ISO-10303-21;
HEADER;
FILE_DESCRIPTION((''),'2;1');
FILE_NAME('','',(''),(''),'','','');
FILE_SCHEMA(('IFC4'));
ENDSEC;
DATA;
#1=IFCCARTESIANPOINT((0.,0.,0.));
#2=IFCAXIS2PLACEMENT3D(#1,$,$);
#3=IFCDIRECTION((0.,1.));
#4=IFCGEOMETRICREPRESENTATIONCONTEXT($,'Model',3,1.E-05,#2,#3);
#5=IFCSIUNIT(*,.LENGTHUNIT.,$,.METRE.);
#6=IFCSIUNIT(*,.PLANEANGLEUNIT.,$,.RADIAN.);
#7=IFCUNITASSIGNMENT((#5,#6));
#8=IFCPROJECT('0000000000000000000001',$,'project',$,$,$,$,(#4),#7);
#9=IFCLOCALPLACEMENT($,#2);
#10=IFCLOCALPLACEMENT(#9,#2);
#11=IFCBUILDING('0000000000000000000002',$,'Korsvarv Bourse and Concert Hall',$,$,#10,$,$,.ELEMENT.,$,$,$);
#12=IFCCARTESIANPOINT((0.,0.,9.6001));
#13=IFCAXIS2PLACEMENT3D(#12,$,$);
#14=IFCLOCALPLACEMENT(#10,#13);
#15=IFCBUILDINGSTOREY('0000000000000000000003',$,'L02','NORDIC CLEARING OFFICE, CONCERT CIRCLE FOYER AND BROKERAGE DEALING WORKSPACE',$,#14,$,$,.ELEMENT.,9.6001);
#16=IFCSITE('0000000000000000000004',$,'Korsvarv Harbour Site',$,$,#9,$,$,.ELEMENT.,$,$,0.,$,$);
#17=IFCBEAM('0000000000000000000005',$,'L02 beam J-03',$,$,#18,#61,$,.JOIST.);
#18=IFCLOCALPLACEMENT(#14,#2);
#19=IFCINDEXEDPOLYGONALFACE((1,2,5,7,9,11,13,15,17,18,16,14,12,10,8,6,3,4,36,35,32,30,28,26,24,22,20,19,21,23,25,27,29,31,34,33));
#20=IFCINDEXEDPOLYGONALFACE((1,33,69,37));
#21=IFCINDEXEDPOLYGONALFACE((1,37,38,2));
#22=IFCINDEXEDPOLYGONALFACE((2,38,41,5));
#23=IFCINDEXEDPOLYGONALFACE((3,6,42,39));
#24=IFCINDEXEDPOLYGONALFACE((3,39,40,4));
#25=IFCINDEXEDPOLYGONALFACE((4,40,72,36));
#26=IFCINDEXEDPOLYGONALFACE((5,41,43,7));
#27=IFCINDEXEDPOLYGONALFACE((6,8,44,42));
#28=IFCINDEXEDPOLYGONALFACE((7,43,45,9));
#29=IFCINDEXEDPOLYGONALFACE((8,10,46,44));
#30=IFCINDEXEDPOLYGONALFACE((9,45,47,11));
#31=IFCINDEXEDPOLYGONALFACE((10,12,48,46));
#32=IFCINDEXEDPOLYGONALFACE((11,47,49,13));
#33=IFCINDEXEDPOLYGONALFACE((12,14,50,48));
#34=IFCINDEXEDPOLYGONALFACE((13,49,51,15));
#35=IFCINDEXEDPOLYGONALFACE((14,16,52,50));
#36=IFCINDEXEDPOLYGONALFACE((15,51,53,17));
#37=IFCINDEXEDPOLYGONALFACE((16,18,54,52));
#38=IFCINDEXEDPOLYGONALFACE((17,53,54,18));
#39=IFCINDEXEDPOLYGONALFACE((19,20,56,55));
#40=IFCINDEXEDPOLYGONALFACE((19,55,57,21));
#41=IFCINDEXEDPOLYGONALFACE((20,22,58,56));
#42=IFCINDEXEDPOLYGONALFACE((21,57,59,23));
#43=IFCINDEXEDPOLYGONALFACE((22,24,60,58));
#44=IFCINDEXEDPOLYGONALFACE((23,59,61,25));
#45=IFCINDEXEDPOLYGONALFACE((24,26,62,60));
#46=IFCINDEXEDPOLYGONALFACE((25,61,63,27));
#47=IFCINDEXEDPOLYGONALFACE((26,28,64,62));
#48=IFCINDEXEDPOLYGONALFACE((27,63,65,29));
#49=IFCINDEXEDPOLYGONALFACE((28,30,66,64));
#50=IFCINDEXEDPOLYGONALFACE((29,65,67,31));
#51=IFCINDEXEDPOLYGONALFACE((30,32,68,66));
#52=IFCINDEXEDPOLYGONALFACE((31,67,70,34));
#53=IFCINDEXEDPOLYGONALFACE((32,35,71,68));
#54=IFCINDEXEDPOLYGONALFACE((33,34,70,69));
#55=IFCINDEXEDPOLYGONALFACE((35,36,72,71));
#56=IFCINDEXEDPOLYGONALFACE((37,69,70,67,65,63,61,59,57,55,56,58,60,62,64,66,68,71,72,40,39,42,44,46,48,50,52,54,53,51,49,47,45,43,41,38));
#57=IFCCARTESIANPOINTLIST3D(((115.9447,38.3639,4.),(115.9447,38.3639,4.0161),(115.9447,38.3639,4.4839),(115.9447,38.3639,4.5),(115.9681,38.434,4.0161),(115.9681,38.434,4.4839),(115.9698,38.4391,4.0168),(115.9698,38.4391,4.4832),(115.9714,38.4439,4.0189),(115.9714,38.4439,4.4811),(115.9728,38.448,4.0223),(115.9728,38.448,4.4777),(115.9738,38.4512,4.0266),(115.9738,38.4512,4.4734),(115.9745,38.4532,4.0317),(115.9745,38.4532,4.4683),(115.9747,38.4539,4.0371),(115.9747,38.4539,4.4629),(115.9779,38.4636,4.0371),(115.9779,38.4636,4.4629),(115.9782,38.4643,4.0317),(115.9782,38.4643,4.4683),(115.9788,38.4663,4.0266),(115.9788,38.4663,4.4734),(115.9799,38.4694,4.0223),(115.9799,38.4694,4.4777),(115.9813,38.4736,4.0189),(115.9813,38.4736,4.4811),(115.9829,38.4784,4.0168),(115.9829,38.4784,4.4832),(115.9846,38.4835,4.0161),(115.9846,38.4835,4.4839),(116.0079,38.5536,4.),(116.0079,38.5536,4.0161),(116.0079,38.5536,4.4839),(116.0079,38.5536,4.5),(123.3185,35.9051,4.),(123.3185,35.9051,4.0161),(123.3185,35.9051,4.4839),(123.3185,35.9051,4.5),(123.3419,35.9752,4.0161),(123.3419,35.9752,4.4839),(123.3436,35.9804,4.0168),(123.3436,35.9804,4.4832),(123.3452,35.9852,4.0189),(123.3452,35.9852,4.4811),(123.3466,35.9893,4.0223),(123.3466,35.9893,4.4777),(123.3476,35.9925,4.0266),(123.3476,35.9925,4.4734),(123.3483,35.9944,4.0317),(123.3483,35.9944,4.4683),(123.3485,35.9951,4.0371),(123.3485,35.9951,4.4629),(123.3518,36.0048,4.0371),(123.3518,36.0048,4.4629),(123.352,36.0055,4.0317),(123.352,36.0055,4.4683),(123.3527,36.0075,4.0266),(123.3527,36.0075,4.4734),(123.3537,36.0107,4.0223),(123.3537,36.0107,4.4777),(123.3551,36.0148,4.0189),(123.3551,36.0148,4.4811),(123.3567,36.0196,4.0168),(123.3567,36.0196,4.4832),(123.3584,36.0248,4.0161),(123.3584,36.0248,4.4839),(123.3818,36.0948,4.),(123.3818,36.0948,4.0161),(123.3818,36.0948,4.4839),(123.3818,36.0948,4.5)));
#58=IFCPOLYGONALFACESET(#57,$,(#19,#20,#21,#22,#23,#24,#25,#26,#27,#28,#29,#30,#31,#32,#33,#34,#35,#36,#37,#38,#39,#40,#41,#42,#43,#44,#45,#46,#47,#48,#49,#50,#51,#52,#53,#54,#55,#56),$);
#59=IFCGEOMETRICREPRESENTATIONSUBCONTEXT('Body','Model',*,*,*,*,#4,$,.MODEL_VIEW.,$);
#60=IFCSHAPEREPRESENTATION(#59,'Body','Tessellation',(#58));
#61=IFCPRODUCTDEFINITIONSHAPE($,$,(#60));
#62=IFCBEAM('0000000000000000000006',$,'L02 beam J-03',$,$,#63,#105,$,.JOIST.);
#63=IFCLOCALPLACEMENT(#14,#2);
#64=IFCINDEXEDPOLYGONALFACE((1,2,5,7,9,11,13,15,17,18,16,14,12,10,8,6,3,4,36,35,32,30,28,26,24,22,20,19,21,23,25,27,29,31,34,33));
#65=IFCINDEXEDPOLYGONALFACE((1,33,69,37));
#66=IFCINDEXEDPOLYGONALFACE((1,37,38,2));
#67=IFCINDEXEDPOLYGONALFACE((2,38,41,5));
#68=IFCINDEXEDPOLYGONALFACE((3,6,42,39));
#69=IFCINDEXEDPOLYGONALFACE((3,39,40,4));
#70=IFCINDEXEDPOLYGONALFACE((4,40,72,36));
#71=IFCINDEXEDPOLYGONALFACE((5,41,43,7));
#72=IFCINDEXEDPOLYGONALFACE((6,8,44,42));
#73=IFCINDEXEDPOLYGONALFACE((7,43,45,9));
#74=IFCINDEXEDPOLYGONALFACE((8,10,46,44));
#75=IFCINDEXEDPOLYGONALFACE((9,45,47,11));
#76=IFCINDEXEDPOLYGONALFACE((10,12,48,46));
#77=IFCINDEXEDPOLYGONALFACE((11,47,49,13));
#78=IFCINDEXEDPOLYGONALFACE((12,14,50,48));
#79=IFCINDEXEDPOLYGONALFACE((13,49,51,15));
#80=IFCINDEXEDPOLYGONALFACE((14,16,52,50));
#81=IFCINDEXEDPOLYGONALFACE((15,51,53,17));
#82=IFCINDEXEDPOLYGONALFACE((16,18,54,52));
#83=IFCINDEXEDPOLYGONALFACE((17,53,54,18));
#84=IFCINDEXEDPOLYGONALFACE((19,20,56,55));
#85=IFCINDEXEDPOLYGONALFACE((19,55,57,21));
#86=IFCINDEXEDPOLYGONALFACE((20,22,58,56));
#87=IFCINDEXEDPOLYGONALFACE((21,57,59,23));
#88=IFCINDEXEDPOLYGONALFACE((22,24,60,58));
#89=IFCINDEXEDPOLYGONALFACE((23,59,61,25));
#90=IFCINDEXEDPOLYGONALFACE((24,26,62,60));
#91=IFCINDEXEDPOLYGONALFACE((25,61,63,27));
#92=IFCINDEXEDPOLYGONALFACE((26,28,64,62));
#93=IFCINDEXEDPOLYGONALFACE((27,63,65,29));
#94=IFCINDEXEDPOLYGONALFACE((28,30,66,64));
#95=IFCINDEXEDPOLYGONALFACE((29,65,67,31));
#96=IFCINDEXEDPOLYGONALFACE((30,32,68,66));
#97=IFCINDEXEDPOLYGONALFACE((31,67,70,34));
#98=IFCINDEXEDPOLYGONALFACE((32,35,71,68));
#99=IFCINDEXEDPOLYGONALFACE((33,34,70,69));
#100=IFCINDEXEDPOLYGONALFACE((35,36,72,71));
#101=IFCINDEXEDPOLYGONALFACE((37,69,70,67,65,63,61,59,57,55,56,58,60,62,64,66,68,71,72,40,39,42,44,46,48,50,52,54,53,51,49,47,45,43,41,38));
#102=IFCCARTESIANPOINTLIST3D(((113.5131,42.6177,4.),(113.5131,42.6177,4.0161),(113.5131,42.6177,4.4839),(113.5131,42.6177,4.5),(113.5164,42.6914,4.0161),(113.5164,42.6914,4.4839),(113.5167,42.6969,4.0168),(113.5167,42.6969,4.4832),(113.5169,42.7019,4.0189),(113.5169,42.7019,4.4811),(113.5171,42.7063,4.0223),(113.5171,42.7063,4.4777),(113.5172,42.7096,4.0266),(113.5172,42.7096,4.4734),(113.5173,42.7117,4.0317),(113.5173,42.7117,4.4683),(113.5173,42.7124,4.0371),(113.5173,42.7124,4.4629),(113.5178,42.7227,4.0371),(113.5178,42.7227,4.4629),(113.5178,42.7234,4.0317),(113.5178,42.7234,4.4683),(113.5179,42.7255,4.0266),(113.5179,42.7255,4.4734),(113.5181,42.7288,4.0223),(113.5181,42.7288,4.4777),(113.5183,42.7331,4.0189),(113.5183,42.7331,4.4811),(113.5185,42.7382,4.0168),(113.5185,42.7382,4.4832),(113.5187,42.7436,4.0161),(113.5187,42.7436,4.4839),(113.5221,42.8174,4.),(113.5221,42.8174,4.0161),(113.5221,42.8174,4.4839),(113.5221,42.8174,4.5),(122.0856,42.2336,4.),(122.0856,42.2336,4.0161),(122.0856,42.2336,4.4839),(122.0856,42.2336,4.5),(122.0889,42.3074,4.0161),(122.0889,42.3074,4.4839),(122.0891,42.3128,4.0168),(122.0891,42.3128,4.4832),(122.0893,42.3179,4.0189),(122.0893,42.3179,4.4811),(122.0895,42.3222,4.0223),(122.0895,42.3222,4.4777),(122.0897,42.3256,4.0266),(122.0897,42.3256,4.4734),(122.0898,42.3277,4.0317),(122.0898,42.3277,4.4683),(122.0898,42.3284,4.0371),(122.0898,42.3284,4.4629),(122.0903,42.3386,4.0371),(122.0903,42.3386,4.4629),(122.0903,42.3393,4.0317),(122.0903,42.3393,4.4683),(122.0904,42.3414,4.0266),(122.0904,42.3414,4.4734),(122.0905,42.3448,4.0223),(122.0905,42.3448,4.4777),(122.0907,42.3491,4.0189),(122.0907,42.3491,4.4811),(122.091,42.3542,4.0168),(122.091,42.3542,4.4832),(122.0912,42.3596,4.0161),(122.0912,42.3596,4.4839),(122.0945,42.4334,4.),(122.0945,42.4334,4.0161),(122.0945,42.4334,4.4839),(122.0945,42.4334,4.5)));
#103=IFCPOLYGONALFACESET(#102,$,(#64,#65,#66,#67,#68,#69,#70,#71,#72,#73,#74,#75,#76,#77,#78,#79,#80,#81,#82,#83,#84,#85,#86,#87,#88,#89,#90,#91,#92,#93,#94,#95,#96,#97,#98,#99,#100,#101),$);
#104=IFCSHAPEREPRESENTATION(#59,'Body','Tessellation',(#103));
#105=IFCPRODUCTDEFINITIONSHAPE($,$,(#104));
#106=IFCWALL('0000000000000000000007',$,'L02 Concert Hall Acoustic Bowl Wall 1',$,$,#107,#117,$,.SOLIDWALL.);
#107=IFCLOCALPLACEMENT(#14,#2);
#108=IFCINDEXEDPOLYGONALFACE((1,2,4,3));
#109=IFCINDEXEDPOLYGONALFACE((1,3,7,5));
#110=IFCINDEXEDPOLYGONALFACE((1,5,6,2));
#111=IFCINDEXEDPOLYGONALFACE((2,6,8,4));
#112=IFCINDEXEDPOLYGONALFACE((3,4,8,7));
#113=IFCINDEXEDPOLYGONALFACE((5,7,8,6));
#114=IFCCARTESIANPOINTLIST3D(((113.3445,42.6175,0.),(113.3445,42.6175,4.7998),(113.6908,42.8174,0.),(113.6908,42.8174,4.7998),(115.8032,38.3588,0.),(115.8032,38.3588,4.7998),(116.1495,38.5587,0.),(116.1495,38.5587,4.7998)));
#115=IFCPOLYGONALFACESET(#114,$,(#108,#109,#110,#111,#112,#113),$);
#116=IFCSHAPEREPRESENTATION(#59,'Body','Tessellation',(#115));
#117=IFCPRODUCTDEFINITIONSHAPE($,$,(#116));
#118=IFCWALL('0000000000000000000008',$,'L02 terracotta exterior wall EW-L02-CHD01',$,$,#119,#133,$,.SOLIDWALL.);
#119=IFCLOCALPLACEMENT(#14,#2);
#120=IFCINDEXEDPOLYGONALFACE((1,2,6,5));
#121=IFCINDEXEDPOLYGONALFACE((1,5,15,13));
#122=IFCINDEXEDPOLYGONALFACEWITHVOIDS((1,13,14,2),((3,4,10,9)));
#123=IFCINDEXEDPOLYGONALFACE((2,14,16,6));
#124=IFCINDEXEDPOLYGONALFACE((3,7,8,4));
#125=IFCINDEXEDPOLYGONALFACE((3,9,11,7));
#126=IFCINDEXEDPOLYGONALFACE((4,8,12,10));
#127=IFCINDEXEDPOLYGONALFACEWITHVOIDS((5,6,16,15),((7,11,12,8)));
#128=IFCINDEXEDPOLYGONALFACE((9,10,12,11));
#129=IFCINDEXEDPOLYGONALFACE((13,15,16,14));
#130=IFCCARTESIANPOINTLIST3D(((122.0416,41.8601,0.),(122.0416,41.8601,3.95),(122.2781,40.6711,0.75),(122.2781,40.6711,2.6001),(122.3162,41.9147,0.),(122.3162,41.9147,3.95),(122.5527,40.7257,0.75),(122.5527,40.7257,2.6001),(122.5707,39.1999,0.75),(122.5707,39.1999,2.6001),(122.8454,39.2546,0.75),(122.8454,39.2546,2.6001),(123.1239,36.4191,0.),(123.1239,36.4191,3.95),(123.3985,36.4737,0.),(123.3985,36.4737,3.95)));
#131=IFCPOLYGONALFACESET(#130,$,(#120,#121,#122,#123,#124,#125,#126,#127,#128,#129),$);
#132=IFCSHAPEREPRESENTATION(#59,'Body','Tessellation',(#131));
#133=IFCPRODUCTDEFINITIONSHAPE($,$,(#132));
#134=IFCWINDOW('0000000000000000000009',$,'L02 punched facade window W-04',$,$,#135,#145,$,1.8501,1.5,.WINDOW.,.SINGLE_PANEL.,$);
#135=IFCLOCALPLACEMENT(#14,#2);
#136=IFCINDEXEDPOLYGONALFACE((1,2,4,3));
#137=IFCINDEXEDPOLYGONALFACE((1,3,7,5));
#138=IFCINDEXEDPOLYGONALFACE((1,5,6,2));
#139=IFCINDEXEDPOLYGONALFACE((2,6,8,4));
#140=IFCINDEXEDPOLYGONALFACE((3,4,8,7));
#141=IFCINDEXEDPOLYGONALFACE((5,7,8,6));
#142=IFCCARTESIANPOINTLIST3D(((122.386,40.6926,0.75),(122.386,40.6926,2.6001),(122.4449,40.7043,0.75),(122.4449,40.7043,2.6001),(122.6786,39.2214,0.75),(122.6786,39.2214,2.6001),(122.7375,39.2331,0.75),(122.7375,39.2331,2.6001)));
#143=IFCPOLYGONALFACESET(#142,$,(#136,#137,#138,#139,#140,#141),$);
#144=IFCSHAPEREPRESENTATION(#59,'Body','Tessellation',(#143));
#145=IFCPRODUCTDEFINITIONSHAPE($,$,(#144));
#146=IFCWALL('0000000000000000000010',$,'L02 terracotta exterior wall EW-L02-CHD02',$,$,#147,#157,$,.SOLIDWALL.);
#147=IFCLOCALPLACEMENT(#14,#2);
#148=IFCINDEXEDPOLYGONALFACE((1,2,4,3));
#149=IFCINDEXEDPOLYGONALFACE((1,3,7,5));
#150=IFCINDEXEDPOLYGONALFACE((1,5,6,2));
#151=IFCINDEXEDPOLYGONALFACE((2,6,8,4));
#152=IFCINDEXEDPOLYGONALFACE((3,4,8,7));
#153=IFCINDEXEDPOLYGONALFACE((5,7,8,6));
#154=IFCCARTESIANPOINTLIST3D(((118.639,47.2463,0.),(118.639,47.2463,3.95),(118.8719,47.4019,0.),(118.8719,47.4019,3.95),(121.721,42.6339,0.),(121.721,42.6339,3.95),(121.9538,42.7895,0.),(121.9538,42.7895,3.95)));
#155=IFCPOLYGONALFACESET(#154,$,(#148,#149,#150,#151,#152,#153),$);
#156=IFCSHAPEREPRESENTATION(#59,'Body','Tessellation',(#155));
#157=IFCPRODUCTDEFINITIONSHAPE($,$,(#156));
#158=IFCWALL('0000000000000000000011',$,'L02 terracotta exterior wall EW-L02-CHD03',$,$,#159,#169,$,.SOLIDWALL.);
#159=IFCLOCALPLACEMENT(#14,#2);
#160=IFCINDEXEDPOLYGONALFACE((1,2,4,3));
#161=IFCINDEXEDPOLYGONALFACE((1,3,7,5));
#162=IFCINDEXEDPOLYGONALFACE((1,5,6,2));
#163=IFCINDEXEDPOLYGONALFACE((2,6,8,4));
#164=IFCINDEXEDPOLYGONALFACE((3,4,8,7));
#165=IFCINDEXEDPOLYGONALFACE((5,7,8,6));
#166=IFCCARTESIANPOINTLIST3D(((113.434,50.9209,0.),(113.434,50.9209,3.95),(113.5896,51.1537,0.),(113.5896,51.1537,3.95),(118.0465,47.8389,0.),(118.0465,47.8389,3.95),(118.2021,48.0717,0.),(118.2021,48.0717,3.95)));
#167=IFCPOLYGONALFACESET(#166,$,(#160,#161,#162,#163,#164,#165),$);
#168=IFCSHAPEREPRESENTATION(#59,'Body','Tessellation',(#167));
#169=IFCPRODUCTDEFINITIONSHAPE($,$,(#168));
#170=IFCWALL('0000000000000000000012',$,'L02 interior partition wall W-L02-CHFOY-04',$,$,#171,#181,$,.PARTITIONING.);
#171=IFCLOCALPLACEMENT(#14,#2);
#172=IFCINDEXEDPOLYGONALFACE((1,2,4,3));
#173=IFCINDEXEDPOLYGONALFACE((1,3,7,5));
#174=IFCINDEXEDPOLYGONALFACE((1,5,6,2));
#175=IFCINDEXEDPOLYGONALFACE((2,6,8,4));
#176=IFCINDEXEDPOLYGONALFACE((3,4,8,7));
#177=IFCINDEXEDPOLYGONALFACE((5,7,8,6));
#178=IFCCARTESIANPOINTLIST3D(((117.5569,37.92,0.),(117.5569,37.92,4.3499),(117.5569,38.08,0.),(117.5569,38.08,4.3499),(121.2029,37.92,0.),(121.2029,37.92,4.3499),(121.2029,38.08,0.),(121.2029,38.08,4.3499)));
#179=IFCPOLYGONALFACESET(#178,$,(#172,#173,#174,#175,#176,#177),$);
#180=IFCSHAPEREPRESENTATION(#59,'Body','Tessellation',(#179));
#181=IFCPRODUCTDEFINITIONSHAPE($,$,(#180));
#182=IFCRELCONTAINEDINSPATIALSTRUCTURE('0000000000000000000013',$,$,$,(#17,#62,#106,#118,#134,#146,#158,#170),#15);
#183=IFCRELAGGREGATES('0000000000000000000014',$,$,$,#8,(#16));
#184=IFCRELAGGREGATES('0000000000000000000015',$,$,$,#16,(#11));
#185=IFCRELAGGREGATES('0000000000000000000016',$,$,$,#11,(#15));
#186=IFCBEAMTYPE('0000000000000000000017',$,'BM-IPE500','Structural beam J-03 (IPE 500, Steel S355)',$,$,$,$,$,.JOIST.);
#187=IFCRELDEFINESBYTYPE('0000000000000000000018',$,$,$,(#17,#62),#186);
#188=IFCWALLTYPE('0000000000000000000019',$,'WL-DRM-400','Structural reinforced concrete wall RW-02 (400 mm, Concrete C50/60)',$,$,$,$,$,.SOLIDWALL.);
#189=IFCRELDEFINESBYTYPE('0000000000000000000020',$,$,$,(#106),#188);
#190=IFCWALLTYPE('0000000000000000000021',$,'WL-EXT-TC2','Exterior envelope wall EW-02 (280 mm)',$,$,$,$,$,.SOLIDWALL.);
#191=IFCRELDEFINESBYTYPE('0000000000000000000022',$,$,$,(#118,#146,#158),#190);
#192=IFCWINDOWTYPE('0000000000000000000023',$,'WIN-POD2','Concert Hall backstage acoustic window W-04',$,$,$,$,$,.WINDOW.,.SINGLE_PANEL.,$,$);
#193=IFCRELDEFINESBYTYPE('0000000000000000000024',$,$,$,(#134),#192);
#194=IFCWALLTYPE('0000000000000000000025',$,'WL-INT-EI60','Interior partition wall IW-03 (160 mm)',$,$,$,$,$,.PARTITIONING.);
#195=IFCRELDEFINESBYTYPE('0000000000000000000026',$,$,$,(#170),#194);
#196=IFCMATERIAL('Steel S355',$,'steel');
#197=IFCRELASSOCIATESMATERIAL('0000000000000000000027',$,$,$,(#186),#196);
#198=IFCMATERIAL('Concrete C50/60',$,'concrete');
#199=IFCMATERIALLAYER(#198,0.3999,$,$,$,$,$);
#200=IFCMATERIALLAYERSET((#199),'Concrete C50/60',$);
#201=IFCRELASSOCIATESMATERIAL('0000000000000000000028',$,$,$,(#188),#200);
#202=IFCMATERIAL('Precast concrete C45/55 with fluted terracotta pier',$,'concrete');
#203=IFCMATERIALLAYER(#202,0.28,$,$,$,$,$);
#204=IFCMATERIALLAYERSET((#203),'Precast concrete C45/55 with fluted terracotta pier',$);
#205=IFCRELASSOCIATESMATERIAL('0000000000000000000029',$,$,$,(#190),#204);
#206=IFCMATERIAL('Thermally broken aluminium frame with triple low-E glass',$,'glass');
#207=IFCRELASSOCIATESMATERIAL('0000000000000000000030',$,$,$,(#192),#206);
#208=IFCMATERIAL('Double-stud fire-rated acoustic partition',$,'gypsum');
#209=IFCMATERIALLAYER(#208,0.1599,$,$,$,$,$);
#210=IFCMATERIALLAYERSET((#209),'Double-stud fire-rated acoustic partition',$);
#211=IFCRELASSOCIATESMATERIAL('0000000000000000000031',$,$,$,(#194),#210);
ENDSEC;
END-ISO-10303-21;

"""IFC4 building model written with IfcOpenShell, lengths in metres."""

from ifc_helpers import new_model, si_unit, direction, frame, frame_2d, origin, origin_2d, place, context, subcontext, project, spatial, rectangle, i_section, extrude, source, transform, mapped, material, layer, layer_set, material_profile, profile_set, type_object, element, fill, save


model = new_model("IFC4")

# Units and contexts
model_context = context("Model", 3, precision=1e-05, world=origin(), true_north=direction((0.0, 1.0)))
body_context = subcontext(model_context, "Body", "Model", "MODEL_VIEW")
ifc_project = project(units=[si_unit("LENGTHUNIT", "METRE"), si_unit("PLANEANGLEUNIT", "RADIAN")], contexts=[model_context])

# Site, building, storey
site_placement = place(None, origin())
site = spatial("IfcSite", under=ifc_project, at=site_placement, Name="Korsvarv Harbour Site", CompositionType="ELEMENT", RefElevation=0.0)
building_placement = place(site_placement, origin())
building = spatial("IfcBuilding", under=site, at=building_placement, Name="Korsvarv Bourse and Concert Hall", CompositionType="ELEMENT")
storey_placement = place(building_placement, frame((0.0, 0.0, 9.6001)))
storey = spatial("IfcBuildingStorey", under=building, at=storey_placement, Name="L02", Description="NORDIC CLEARING OFFICE, CONCERT CIRCLE FOYER AND BROKERAGE DEALING WORKSPACE", CompositionType="ELEMENT", Elevation=9.6001)

# Shared definitions
ifc_material_1 = material(Name="Concrete C50/60", Category="concrete")

# Beams
ifc_material_2 = material(Name="Steel S355", Category="steel")
ifc_material_profile_1 = material_profile(ifc_material_2, i_section(OverallWidth=0.2, OverallDepth=0.5, WebThickness=0.0103, FlangeThickness=0.0161, FilletRadius=0.021, at=origin_2d()), Name="IPE 500")
ifc_profile_set_1 = profile_set([ifc_material_profile_1], Name="Steel S355")
beam_type_1 = type_object("IfcBeamType", Name="BM-IPE500", Description="Structural beam J-03 (IPE 500, Steel S355)", PredefinedType="JOIST", material=ifc_profile_set_1)
shared_shape_1 = source(origin(), body_context, "Body", "SweptSolid", [
    extrude(i_section(OverallWidth=0.2, OverallDepth=0.5, WebThickness=0.0103, FlangeThickness=0.0161, FilletRadius=0.021, at=origin_2d()), origin(), (0.0, 0.0, 1.0), 7.7729),
])
beam_1_placement = place(storey_placement, frame((115.9763, 38.4587, 4.25), z_axis=(0.948652, -0.316322, 0.0), x_axis=(0.316322, 0.948652, 0.0)))
element("IfcBeam", 1, at=beam_1_placement, inside=storey, type_object=beam_type_1, Name="L02 beam J-03", PredefinedType="JOIST", context=body_context, shape_type="MappedRepresentation", body=[
    mapped(shared_shape_1, transform((0.0, 0.0, 0.0), scale=1.0)),
])
shared_shape_2 = source(origin(), body_context, "Body", "SweptSolid", [
    extrude(i_section(OverallWidth=0.2, OverallDepth=0.5, WebThickness=0.0103, FlangeThickness=0.0161, FilletRadius=0.021, at=origin_2d()), origin(), (0.0, 0.0, 1.0), 8.5811),
])
beam_2_placement = place(storey_placement, frame((113.5176, 42.7175, 4.25), z_axis=(0.998998, -0.044753, 0.0), x_axis=(0.044753, 0.998998, 0.0)))
element("IfcBeam", 2, at=beam_2_placement, inside=storey, type_object=beam_type_1, Name="L02 beam J-03", PredefinedType="JOIST", context=body_context, shape_type="MappedRepresentation", body=[
    mapped(shared_shape_2, transform((0.0, 0.0, 0.0), scale=1.0)),
])

# Wall
ifc_layer_1 = layer(ifc_material_1, 0.3999)
ifc_layer_set_1 = layer_set([ifc_layer_1], Name="Concrete C50/60")
wall_type_1 = type_object("IfcWallType", Name="WL-DRM-400", Description="Structural reinforced concrete wall RW-02 (400 mm, Concrete C50/60)", PredefinedType="SOLIDWALL", material=ifc_layer_set_1)
wall_1_placement = place(storey_placement, frame((115.9763, 38.4587, 0.0), z_axis=(0.0, 0.0, 1.0), x_axis=(-0.499989, 0.866032, 0.0)))
element("IfcWall", 3, at=wall_1_placement, inside=storey, type_object=wall_type_1, Name="L02 Concert Hall Acoustic Bowl Wall 1", PredefinedType="SOLIDWALL", context=body_context, shape_type="SweptSolid", body=[
    extrude(rectangle(XDim=4.9175, YDim=0.3999, at=frame_2d((2.4587, 0.0))), origin(), (0.0, 0.0, 1.0), 4.7998),
])

# Wall, opening, window
ifc_material_3 = material(Name="Precast concrete C45/55 with fluted terracotta pier", Category="concrete")
ifc_layer_2 = layer(ifc_material_3, 0.28)
ifc_layer_set_2 = layer_set([ifc_layer_2], Name="Precast concrete C45/55 with fluted terracotta pier")
wall_type_2 = type_object("IfcWallType", Name="WL-EXT-TC2", Description="Exterior envelope wall EW-02 (280 mm)", PredefinedType="SOLIDWALL", material=ifc_layer_set_2)
wall_2_placement = place(storey_placement, frame((123.2612, 36.4463, 0.0), z_axis=(0.0, 0.0, 1.0), x_axis=(-0.195092, 0.980785, 0.0)))
wall_2 = element("IfcWall", 4, at=wall_2_placement, inside=storey, type_object=wall_type_2, Name="L02 terracotta exterior wall EW-L02-CHD01", PredefinedType="SOLIDWALL", context=body_context, shape_type="SweptSolid", body=[
    extrude(rectangle(XDim=5.5476, YDim=0.28, at=frame_2d((2.7739, 0.0))), origin(), (0.0, 0.0, 1.0), 3.95),
])
opening_placement = place(wall_2_placement, frame((2.8354, 0.0, 0.75)))
opening = element("IfcOpeningElement", 5, at=opening_placement, cuts=wall_2, PredefinedType="OPENING", context=body_context, shape_type="SweptSolid", body=[
    extrude(rectangle(XDim=1.5, YDim=1.8501, at=frame_2d((0.75, 0.925))), frame((0.0, 0.1499, 0.0), z_axis=(0.0, -1.0, 0.0), x_axis=(1.0, 0.0, 0.0)), (0.0, 0.0, 1.0), 0.3),
])
ifc_material_4 = material(Name="Thermally broken aluminium frame with triple low-E glass", Category="glass")
window_type = type_object("IfcWindowType", Name="WIN-POD2", Description="Concert Hall backstage acoustic window W-04", PartitioningType="SINGLE_PANEL", PredefinedType="WINDOW", material=ifc_material_4)
window_placement = place(opening_placement, origin())
window = element("IfcWindow", 6, at=window_placement, inside=storey, type_object=window_type, Name="L02 punched facade window W-04", OverallHeight=1.8501, OverallWidth=1.5, PartitioningType="SINGLE_PANEL", PredefinedType="WINDOW", context=body_context, shape_type="SweptSolid", body=[
    extrude(rectangle(XDim=1.5, YDim=1.8501, at=frame_2d((0.75, 0.925))), frame((0.0, 0.03, 0.0), z_axis=(0.0, -1.0, 0.0), x_axis=(1.0, 0.0, 0.0)), (0.0, 0.0, 1.0), 0.0601),
])
fill(opening, window)

# Walls
for number, where, z_axis, x_axis, name in (
    (7, (121.8374, 42.7117, 0.0), (0.0, 0.0, 1.0), (-0.555573, 0.831468, 0.0), "L02 terracotta exterior wall EW-L02-CHD02"),
    (8, (118.1243, 47.9553, 0.0), (0.0, 0.0, 1.0), (-0.831468, 0.555573, 0.0), "L02 terracotta exterior wall EW-L02-CHD03"),
):
    element("IfcWall", number, at=place(storey_placement, frame(where, z_axis=z_axis, x_axis=x_axis)), inside=storey, type_object=wall_type_2, Name=name, PredefinedType="SOLIDWALL", context=body_context, shape_type="SweptSolid", body=[
        extrude(rectangle(XDim=5.5474, YDim=0.28, at=frame_2d((2.7737, 0.0))), origin(), (0.0, 0.0, 1.0), 3.95),
    ])
ifc_material_5 = material(Name="Double-stud fire-rated acoustic partition", Category="gypsum")
ifc_layer_3 = layer(ifc_material_5, 0.1599)
ifc_layer_set_3 = layer_set([ifc_layer_3], Name="Double-stud fire-rated acoustic partition")
wall_type_3 = type_object("IfcWallType", Name="WL-INT-EI60", Description="Interior partition wall IW-03 (160 mm)", PredefinedType="PARTITIONING", material=ifc_layer_set_3)
wall_3_placement = place(storey_placement, frame((117.5569, 38.0, 0.0), z_axis=(0.0, 0.0, 1.0), x_axis=(1.0, 0.0, 0.0)))
element("IfcWall", 9, at=wall_3_placement, inside=storey, type_object=wall_type_3, Name="L02 interior partition wall W-L02-CHFOY-04", PredefinedType="PARTITIONING", context=body_context, shape_type="SweptSolid", body=[
    extrude(rectangle(XDim=3.646, YDim=0.1599, at=frame_2d((1.823, 0.0))), origin(), (0.0, 0.0, 1.0), 4.3499),
])

save(model, "model.ifc")
